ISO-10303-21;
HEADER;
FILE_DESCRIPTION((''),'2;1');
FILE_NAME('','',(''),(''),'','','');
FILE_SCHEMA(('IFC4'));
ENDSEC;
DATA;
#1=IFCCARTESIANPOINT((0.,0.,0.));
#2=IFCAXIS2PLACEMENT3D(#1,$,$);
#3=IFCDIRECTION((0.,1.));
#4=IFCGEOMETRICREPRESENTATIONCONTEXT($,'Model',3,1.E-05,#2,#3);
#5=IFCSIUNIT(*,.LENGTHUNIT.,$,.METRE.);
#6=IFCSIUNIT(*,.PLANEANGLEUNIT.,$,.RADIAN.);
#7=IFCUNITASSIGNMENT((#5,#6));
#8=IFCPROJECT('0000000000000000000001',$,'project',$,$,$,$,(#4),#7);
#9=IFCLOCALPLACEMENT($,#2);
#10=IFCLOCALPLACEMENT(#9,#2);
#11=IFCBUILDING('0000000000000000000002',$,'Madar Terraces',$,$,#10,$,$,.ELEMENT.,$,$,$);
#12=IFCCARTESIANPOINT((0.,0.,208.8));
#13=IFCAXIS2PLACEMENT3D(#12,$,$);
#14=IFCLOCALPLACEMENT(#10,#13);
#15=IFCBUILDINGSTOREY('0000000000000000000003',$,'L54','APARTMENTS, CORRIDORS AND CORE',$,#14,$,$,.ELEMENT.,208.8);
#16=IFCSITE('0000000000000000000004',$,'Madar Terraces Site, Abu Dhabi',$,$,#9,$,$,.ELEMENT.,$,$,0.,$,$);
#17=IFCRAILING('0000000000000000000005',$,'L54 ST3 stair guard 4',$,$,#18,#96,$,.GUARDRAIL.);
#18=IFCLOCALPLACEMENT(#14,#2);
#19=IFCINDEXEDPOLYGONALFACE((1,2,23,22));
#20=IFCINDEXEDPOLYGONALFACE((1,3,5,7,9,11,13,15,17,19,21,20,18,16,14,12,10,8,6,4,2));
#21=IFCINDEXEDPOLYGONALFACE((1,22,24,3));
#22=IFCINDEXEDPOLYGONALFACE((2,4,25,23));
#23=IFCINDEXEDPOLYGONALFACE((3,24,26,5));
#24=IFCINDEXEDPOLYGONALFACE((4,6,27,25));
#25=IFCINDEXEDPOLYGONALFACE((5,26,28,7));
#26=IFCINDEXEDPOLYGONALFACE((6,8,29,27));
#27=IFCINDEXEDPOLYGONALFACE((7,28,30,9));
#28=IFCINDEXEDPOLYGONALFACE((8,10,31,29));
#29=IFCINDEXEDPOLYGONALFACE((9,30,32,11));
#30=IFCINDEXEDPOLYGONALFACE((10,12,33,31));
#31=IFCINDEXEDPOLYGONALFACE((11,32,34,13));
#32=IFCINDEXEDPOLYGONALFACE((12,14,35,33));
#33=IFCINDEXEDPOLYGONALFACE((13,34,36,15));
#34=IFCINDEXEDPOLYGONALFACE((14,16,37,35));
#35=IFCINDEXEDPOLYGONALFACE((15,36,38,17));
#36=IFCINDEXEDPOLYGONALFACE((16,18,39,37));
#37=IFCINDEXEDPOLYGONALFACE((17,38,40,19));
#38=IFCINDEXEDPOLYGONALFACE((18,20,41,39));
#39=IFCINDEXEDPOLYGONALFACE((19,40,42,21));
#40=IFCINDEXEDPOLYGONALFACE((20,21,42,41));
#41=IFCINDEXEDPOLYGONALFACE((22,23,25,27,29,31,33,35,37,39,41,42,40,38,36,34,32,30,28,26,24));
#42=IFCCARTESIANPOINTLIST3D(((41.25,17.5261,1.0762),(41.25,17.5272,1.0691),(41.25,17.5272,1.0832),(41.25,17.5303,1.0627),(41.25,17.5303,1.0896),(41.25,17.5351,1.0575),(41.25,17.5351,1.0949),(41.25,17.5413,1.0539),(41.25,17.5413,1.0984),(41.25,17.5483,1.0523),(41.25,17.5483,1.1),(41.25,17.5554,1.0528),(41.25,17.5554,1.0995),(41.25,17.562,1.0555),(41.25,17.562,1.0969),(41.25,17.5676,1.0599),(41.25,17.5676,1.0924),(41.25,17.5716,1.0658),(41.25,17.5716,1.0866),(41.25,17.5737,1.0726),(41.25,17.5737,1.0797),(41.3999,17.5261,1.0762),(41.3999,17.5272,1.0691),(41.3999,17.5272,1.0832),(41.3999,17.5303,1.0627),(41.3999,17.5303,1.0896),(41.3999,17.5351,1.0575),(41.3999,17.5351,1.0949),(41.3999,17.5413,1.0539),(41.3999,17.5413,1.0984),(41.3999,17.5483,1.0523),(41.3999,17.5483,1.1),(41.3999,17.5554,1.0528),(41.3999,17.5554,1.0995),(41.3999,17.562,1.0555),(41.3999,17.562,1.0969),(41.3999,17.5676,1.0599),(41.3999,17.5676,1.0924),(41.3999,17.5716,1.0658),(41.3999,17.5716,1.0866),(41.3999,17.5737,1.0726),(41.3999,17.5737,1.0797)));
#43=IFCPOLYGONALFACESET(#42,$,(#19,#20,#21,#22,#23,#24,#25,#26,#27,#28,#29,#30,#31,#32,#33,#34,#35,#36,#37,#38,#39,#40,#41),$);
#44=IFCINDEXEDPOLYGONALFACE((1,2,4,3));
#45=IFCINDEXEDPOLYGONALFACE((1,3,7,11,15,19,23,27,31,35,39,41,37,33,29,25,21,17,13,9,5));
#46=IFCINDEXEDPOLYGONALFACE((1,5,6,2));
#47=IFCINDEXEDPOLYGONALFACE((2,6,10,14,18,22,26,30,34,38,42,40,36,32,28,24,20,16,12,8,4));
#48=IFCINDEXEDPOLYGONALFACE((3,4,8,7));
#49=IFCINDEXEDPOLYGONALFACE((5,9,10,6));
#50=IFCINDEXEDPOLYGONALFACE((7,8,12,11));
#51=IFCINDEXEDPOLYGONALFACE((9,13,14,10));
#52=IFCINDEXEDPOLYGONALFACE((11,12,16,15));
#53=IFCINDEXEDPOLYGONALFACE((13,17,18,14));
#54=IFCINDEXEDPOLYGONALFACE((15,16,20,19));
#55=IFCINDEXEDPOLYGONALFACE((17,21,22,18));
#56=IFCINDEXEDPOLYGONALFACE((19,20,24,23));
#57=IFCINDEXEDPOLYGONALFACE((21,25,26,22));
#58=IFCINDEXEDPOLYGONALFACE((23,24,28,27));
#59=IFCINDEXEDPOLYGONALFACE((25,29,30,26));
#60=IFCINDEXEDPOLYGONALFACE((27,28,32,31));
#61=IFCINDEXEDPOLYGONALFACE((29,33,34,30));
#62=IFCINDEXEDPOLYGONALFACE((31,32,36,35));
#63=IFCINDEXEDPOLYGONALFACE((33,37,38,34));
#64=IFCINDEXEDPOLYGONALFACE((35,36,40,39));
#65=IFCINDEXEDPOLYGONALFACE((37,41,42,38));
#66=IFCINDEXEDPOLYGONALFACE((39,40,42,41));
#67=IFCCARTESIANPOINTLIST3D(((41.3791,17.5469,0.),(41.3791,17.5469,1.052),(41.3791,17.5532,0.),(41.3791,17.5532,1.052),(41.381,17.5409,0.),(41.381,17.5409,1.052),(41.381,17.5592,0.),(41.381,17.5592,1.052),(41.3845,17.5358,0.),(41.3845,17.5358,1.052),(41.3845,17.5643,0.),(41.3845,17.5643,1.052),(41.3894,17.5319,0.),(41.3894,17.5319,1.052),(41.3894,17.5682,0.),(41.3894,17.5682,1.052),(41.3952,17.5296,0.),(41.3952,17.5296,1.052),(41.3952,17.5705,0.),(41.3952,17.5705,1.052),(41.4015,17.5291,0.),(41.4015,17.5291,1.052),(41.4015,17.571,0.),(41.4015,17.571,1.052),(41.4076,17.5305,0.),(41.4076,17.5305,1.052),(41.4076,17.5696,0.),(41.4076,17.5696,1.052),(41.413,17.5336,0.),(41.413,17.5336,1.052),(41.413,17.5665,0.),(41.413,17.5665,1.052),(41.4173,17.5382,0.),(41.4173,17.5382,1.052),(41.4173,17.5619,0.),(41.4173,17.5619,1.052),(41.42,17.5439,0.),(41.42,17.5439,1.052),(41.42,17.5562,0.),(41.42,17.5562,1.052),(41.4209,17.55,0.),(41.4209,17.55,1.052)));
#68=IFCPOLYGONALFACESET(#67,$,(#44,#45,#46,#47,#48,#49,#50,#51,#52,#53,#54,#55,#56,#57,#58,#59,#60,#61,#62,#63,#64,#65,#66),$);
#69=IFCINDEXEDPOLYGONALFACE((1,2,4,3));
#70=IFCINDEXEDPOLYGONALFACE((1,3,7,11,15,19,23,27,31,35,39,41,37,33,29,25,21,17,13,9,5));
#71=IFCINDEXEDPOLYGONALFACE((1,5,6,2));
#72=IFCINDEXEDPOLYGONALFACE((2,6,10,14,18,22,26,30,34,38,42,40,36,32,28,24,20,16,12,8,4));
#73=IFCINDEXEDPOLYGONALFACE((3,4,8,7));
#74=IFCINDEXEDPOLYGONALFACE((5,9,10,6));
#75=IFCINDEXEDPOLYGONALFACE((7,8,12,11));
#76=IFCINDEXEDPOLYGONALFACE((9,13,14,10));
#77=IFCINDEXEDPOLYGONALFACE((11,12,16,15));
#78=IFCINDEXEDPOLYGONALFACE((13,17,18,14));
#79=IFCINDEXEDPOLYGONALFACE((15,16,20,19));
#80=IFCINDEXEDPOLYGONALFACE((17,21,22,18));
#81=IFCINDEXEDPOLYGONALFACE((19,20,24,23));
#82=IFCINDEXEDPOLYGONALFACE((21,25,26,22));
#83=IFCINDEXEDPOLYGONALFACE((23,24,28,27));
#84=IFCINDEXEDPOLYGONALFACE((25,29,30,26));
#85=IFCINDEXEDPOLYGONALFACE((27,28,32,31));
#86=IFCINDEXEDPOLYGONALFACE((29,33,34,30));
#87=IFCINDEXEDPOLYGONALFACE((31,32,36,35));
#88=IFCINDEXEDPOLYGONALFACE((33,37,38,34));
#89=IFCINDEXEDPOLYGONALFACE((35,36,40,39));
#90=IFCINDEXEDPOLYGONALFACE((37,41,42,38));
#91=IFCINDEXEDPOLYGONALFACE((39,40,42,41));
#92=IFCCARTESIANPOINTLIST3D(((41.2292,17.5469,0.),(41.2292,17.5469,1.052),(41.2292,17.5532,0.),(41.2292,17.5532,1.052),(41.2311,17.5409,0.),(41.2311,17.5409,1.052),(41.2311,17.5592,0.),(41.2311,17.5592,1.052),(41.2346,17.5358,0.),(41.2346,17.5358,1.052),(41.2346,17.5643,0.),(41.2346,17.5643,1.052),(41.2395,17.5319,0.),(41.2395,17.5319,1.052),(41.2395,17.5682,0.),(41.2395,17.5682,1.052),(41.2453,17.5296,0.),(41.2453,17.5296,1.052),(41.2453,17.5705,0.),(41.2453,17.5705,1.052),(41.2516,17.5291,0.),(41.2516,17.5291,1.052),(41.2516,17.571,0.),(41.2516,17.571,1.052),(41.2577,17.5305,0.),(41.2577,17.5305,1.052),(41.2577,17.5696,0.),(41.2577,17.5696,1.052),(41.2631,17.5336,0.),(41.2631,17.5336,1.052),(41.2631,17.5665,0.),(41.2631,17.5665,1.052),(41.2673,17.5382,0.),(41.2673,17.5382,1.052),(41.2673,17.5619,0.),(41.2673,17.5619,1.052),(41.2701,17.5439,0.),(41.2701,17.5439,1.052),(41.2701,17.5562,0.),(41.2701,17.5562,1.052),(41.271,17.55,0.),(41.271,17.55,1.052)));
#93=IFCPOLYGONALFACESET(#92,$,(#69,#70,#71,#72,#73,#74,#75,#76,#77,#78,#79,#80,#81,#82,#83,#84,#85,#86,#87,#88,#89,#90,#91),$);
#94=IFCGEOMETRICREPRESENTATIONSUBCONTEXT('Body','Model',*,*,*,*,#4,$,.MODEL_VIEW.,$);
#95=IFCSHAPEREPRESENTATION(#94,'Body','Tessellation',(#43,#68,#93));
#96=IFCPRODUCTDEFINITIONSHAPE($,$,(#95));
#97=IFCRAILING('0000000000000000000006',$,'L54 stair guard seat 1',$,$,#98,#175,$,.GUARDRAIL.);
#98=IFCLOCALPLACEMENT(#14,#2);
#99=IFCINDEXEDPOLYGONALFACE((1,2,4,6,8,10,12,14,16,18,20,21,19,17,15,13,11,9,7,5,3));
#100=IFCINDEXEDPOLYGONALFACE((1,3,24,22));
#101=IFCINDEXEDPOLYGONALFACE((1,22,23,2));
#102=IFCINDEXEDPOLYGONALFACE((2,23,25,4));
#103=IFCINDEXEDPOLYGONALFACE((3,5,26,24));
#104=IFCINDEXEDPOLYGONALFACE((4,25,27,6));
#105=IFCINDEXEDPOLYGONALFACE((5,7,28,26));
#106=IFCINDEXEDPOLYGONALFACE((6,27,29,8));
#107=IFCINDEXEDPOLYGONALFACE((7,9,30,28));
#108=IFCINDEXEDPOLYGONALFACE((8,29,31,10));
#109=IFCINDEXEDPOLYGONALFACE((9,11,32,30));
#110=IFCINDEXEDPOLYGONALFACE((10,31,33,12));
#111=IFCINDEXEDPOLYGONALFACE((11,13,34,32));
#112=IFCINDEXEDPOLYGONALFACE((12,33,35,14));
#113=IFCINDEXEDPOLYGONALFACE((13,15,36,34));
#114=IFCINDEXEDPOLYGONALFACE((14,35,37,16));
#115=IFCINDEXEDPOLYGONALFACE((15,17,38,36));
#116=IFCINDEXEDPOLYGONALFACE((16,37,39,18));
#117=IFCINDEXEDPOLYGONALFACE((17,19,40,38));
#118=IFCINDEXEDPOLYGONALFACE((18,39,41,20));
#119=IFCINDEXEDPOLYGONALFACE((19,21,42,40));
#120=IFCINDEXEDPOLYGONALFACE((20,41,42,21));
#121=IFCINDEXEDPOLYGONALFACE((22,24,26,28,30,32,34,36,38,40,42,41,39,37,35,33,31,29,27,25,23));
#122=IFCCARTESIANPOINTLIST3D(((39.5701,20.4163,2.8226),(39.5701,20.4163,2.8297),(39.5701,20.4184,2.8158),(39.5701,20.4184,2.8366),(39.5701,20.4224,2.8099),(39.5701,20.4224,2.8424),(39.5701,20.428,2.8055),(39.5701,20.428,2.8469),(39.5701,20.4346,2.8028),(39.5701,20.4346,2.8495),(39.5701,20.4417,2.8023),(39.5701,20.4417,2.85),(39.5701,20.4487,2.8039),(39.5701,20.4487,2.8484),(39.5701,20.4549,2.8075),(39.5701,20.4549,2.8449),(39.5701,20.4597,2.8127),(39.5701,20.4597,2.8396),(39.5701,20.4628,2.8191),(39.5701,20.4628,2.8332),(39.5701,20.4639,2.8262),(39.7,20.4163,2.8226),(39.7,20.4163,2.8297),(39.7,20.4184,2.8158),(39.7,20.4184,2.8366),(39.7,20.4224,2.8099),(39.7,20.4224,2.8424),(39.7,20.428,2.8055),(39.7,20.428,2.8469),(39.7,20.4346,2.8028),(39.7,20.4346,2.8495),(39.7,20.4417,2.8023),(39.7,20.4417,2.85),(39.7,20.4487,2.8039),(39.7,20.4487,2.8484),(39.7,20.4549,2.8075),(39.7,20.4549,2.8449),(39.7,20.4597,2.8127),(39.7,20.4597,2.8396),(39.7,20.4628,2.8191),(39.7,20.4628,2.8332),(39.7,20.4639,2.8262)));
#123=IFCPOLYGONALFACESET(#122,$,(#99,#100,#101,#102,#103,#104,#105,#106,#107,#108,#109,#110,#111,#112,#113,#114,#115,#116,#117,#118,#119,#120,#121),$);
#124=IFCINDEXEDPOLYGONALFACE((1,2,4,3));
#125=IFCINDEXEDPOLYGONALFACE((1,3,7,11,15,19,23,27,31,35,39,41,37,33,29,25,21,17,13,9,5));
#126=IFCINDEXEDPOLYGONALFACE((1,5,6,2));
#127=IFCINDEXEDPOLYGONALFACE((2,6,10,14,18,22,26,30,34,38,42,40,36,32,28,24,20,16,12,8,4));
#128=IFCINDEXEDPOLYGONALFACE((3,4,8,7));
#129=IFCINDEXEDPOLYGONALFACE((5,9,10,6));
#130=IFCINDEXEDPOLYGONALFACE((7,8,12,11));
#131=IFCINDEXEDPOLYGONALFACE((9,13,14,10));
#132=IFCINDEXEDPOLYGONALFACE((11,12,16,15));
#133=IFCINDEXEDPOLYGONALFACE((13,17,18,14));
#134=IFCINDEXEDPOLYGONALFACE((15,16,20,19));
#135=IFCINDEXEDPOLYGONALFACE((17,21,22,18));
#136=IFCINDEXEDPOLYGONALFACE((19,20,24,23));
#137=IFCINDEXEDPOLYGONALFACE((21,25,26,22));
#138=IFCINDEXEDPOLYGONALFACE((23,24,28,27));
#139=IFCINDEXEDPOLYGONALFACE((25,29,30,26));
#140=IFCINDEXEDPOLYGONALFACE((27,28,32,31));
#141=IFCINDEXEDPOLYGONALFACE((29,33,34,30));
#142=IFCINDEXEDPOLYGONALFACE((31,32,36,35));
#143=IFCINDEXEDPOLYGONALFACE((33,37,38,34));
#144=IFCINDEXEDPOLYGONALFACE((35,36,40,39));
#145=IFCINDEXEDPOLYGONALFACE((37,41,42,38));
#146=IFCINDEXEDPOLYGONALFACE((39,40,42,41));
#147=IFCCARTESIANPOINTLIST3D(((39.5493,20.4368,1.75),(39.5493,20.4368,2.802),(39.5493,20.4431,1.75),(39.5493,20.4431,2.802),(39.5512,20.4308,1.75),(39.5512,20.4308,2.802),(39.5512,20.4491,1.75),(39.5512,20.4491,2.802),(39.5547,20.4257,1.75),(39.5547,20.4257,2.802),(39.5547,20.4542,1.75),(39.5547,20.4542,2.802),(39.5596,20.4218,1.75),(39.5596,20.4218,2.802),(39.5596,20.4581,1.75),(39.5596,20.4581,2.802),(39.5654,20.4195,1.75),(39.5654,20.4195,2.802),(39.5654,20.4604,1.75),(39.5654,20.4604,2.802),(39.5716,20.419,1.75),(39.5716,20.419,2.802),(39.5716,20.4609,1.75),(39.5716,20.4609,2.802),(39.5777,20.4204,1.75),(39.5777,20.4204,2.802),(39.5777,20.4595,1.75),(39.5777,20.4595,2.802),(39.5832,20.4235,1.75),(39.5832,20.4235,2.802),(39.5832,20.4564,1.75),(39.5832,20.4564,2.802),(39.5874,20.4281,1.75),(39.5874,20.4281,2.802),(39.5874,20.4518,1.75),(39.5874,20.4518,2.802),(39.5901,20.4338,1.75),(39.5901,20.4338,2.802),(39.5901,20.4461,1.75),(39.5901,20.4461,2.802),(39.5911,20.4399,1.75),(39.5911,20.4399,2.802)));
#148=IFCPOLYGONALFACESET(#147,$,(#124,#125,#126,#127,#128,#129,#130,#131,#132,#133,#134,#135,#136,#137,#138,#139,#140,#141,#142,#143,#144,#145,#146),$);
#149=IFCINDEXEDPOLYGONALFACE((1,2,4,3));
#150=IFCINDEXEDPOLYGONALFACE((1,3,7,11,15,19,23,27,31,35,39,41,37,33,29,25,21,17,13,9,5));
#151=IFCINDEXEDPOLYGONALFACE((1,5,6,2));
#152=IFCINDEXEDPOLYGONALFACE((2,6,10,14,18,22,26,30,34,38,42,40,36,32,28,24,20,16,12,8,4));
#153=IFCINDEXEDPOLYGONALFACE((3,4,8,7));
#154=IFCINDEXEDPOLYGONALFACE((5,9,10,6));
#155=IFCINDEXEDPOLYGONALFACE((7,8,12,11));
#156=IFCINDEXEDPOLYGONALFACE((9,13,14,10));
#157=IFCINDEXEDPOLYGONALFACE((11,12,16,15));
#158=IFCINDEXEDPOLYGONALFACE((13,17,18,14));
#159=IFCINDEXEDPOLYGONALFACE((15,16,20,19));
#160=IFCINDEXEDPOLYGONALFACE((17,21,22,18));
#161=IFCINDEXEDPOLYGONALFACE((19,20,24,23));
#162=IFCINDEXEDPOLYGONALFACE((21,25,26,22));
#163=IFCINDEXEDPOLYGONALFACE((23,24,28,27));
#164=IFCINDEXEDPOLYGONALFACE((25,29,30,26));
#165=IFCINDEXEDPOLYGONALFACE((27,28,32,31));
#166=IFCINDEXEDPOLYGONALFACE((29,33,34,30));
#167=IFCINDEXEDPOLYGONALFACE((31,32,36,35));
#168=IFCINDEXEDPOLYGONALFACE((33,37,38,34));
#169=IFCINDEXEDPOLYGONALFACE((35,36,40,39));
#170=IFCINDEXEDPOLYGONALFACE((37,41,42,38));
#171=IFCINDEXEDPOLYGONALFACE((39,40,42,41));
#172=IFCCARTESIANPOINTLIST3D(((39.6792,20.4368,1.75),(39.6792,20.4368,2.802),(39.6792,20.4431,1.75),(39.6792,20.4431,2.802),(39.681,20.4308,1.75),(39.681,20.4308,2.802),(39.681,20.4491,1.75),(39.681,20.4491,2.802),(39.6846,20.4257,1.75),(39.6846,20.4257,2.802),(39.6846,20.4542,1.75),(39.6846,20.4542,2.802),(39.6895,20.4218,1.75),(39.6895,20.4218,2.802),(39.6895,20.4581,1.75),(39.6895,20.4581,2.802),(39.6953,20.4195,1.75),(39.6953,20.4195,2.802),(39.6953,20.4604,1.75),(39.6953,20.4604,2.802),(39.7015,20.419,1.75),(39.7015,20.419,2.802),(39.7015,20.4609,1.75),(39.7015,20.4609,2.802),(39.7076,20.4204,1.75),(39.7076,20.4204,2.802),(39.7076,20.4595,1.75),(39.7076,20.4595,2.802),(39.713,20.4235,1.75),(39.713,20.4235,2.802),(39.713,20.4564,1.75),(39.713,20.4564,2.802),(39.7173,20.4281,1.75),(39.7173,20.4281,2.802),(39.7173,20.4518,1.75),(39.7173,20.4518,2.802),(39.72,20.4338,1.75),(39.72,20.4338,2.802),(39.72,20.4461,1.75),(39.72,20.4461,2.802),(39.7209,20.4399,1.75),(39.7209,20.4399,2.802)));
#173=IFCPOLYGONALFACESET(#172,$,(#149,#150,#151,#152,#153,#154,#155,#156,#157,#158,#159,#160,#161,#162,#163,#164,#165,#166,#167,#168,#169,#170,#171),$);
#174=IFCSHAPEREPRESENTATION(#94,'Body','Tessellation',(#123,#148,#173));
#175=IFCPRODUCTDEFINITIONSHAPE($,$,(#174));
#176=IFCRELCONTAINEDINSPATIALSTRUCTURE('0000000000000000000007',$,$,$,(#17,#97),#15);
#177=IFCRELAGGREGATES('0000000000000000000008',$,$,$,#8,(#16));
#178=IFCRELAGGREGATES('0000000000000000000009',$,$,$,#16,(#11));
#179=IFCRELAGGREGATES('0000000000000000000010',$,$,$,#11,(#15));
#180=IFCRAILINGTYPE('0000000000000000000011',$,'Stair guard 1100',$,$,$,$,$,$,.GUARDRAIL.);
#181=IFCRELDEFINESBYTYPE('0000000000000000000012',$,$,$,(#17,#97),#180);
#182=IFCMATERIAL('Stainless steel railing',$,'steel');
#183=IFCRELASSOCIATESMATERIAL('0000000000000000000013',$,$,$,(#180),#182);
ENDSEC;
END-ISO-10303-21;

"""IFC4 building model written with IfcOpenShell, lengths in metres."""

from ifc_helpers import new_model, si_unit, direction, frame, origin, origin_2d, place, context, subcontext, project, spatial, circle, extrude, material, type_object, element, save


model = new_model("IFC4")

# Units and contexts
model_context = context("Model", 3, precision=1e-05, world=origin(), true_north=direction((0.0, 1.0)))
body_context = subcontext(model_context, "Body", "Model", "MODEL_VIEW")
ifc_project = project(units=[si_unit("LENGTHUNIT", "METRE"), si_unit("PLANEANGLEUNIT", "RADIAN")], contexts=[model_context])

# Site, building, storey
site_placement = place(None, origin())
site = spatial("IfcSite", under=ifc_project, at=site_placement, Name="Madar Terraces Site, Abu Dhabi", CompositionType="ELEMENT", RefElevation=0.0)
building_placement = place(site_placement, origin())
building = spatial("IfcBuilding", under=site, at=building_placement, Name="Madar Terraces", CompositionType="ELEMENT")
storey_placement = place(building_placement, frame((0.0, 0.0, 208.8)))
storey = spatial("IfcBuildingStorey", under=building, at=storey_placement, Name="L54", Description="APARTMENTS, CORRIDORS AND CORE", CompositionType="ELEMENT", Elevation=208.8)

# Railings
ifc_material_1 = material(Name="Stainless steel railing", Category="steel")
railing_type_1 = type_object("IfcRailingType", Name="Stair guard 1100", PredefinedType="GUARDRAIL", material=ifc_material_1)
railing_1_placement = place(storey_placement, frame((41.3999, 17.55, 0.0)))
element("IfcRailing", 1, at=railing_1_placement, inside=storey, type_object=railing_type_1, Name="L54 ST3 stair guard 4", PredefinedType="GUARDRAIL", context=body_context, shape_type="SweptSolid", body=[
    extrude(circle(Radius=0.0239, at=origin_2d()), frame((0.0, 0.0, 1.0762), z_axis=(-1.0, 0.0, 0.0), x_axis=(0.0, -1.0, 0.0)), (0.0, 0.0, 1.0), 0.1499),
    extrude(circle(Radius=0.021, at=origin_2d()), origin(), (0.0, 0.0, 1.0), 1.052),
    extrude(circle(Radius=0.021, at=origin_2d()), frame((-0.1499, 0.0, 0.0)), (0.0, 0.0, 1.0), 1.052),
])
railing_2_placement = place(storey_placement, frame((39.5701, 20.4399, 1.75)))
element("IfcRailing", 2, at=railing_2_placement, inside=storey, type_object=railing_type_1, Name="L54 stair guard seat 1", PredefinedType="GUARDRAIL", context=body_context, shape_type="SweptSolid", body=[
    extrude(circle(Radius=0.0239, at=origin_2d()), frame((0.0, 0.0, 1.0762), z_axis=(1.0, 0.0, 0.0), x_axis=(0.0, 1.0, 0.0)), (0.0, 0.0, 1.0), 0.1299),
    extrude(circle(Radius=0.021, at=origin_2d()), origin(), (0.0, 0.0, 1.0), 1.052),
    extrude(circle(Radius=0.021, at=origin_2d()), frame((0.1299, 0.0, 0.0)), (0.0, 0.0, 1.0), 1.052),
])

save(model, "model.ifc")
